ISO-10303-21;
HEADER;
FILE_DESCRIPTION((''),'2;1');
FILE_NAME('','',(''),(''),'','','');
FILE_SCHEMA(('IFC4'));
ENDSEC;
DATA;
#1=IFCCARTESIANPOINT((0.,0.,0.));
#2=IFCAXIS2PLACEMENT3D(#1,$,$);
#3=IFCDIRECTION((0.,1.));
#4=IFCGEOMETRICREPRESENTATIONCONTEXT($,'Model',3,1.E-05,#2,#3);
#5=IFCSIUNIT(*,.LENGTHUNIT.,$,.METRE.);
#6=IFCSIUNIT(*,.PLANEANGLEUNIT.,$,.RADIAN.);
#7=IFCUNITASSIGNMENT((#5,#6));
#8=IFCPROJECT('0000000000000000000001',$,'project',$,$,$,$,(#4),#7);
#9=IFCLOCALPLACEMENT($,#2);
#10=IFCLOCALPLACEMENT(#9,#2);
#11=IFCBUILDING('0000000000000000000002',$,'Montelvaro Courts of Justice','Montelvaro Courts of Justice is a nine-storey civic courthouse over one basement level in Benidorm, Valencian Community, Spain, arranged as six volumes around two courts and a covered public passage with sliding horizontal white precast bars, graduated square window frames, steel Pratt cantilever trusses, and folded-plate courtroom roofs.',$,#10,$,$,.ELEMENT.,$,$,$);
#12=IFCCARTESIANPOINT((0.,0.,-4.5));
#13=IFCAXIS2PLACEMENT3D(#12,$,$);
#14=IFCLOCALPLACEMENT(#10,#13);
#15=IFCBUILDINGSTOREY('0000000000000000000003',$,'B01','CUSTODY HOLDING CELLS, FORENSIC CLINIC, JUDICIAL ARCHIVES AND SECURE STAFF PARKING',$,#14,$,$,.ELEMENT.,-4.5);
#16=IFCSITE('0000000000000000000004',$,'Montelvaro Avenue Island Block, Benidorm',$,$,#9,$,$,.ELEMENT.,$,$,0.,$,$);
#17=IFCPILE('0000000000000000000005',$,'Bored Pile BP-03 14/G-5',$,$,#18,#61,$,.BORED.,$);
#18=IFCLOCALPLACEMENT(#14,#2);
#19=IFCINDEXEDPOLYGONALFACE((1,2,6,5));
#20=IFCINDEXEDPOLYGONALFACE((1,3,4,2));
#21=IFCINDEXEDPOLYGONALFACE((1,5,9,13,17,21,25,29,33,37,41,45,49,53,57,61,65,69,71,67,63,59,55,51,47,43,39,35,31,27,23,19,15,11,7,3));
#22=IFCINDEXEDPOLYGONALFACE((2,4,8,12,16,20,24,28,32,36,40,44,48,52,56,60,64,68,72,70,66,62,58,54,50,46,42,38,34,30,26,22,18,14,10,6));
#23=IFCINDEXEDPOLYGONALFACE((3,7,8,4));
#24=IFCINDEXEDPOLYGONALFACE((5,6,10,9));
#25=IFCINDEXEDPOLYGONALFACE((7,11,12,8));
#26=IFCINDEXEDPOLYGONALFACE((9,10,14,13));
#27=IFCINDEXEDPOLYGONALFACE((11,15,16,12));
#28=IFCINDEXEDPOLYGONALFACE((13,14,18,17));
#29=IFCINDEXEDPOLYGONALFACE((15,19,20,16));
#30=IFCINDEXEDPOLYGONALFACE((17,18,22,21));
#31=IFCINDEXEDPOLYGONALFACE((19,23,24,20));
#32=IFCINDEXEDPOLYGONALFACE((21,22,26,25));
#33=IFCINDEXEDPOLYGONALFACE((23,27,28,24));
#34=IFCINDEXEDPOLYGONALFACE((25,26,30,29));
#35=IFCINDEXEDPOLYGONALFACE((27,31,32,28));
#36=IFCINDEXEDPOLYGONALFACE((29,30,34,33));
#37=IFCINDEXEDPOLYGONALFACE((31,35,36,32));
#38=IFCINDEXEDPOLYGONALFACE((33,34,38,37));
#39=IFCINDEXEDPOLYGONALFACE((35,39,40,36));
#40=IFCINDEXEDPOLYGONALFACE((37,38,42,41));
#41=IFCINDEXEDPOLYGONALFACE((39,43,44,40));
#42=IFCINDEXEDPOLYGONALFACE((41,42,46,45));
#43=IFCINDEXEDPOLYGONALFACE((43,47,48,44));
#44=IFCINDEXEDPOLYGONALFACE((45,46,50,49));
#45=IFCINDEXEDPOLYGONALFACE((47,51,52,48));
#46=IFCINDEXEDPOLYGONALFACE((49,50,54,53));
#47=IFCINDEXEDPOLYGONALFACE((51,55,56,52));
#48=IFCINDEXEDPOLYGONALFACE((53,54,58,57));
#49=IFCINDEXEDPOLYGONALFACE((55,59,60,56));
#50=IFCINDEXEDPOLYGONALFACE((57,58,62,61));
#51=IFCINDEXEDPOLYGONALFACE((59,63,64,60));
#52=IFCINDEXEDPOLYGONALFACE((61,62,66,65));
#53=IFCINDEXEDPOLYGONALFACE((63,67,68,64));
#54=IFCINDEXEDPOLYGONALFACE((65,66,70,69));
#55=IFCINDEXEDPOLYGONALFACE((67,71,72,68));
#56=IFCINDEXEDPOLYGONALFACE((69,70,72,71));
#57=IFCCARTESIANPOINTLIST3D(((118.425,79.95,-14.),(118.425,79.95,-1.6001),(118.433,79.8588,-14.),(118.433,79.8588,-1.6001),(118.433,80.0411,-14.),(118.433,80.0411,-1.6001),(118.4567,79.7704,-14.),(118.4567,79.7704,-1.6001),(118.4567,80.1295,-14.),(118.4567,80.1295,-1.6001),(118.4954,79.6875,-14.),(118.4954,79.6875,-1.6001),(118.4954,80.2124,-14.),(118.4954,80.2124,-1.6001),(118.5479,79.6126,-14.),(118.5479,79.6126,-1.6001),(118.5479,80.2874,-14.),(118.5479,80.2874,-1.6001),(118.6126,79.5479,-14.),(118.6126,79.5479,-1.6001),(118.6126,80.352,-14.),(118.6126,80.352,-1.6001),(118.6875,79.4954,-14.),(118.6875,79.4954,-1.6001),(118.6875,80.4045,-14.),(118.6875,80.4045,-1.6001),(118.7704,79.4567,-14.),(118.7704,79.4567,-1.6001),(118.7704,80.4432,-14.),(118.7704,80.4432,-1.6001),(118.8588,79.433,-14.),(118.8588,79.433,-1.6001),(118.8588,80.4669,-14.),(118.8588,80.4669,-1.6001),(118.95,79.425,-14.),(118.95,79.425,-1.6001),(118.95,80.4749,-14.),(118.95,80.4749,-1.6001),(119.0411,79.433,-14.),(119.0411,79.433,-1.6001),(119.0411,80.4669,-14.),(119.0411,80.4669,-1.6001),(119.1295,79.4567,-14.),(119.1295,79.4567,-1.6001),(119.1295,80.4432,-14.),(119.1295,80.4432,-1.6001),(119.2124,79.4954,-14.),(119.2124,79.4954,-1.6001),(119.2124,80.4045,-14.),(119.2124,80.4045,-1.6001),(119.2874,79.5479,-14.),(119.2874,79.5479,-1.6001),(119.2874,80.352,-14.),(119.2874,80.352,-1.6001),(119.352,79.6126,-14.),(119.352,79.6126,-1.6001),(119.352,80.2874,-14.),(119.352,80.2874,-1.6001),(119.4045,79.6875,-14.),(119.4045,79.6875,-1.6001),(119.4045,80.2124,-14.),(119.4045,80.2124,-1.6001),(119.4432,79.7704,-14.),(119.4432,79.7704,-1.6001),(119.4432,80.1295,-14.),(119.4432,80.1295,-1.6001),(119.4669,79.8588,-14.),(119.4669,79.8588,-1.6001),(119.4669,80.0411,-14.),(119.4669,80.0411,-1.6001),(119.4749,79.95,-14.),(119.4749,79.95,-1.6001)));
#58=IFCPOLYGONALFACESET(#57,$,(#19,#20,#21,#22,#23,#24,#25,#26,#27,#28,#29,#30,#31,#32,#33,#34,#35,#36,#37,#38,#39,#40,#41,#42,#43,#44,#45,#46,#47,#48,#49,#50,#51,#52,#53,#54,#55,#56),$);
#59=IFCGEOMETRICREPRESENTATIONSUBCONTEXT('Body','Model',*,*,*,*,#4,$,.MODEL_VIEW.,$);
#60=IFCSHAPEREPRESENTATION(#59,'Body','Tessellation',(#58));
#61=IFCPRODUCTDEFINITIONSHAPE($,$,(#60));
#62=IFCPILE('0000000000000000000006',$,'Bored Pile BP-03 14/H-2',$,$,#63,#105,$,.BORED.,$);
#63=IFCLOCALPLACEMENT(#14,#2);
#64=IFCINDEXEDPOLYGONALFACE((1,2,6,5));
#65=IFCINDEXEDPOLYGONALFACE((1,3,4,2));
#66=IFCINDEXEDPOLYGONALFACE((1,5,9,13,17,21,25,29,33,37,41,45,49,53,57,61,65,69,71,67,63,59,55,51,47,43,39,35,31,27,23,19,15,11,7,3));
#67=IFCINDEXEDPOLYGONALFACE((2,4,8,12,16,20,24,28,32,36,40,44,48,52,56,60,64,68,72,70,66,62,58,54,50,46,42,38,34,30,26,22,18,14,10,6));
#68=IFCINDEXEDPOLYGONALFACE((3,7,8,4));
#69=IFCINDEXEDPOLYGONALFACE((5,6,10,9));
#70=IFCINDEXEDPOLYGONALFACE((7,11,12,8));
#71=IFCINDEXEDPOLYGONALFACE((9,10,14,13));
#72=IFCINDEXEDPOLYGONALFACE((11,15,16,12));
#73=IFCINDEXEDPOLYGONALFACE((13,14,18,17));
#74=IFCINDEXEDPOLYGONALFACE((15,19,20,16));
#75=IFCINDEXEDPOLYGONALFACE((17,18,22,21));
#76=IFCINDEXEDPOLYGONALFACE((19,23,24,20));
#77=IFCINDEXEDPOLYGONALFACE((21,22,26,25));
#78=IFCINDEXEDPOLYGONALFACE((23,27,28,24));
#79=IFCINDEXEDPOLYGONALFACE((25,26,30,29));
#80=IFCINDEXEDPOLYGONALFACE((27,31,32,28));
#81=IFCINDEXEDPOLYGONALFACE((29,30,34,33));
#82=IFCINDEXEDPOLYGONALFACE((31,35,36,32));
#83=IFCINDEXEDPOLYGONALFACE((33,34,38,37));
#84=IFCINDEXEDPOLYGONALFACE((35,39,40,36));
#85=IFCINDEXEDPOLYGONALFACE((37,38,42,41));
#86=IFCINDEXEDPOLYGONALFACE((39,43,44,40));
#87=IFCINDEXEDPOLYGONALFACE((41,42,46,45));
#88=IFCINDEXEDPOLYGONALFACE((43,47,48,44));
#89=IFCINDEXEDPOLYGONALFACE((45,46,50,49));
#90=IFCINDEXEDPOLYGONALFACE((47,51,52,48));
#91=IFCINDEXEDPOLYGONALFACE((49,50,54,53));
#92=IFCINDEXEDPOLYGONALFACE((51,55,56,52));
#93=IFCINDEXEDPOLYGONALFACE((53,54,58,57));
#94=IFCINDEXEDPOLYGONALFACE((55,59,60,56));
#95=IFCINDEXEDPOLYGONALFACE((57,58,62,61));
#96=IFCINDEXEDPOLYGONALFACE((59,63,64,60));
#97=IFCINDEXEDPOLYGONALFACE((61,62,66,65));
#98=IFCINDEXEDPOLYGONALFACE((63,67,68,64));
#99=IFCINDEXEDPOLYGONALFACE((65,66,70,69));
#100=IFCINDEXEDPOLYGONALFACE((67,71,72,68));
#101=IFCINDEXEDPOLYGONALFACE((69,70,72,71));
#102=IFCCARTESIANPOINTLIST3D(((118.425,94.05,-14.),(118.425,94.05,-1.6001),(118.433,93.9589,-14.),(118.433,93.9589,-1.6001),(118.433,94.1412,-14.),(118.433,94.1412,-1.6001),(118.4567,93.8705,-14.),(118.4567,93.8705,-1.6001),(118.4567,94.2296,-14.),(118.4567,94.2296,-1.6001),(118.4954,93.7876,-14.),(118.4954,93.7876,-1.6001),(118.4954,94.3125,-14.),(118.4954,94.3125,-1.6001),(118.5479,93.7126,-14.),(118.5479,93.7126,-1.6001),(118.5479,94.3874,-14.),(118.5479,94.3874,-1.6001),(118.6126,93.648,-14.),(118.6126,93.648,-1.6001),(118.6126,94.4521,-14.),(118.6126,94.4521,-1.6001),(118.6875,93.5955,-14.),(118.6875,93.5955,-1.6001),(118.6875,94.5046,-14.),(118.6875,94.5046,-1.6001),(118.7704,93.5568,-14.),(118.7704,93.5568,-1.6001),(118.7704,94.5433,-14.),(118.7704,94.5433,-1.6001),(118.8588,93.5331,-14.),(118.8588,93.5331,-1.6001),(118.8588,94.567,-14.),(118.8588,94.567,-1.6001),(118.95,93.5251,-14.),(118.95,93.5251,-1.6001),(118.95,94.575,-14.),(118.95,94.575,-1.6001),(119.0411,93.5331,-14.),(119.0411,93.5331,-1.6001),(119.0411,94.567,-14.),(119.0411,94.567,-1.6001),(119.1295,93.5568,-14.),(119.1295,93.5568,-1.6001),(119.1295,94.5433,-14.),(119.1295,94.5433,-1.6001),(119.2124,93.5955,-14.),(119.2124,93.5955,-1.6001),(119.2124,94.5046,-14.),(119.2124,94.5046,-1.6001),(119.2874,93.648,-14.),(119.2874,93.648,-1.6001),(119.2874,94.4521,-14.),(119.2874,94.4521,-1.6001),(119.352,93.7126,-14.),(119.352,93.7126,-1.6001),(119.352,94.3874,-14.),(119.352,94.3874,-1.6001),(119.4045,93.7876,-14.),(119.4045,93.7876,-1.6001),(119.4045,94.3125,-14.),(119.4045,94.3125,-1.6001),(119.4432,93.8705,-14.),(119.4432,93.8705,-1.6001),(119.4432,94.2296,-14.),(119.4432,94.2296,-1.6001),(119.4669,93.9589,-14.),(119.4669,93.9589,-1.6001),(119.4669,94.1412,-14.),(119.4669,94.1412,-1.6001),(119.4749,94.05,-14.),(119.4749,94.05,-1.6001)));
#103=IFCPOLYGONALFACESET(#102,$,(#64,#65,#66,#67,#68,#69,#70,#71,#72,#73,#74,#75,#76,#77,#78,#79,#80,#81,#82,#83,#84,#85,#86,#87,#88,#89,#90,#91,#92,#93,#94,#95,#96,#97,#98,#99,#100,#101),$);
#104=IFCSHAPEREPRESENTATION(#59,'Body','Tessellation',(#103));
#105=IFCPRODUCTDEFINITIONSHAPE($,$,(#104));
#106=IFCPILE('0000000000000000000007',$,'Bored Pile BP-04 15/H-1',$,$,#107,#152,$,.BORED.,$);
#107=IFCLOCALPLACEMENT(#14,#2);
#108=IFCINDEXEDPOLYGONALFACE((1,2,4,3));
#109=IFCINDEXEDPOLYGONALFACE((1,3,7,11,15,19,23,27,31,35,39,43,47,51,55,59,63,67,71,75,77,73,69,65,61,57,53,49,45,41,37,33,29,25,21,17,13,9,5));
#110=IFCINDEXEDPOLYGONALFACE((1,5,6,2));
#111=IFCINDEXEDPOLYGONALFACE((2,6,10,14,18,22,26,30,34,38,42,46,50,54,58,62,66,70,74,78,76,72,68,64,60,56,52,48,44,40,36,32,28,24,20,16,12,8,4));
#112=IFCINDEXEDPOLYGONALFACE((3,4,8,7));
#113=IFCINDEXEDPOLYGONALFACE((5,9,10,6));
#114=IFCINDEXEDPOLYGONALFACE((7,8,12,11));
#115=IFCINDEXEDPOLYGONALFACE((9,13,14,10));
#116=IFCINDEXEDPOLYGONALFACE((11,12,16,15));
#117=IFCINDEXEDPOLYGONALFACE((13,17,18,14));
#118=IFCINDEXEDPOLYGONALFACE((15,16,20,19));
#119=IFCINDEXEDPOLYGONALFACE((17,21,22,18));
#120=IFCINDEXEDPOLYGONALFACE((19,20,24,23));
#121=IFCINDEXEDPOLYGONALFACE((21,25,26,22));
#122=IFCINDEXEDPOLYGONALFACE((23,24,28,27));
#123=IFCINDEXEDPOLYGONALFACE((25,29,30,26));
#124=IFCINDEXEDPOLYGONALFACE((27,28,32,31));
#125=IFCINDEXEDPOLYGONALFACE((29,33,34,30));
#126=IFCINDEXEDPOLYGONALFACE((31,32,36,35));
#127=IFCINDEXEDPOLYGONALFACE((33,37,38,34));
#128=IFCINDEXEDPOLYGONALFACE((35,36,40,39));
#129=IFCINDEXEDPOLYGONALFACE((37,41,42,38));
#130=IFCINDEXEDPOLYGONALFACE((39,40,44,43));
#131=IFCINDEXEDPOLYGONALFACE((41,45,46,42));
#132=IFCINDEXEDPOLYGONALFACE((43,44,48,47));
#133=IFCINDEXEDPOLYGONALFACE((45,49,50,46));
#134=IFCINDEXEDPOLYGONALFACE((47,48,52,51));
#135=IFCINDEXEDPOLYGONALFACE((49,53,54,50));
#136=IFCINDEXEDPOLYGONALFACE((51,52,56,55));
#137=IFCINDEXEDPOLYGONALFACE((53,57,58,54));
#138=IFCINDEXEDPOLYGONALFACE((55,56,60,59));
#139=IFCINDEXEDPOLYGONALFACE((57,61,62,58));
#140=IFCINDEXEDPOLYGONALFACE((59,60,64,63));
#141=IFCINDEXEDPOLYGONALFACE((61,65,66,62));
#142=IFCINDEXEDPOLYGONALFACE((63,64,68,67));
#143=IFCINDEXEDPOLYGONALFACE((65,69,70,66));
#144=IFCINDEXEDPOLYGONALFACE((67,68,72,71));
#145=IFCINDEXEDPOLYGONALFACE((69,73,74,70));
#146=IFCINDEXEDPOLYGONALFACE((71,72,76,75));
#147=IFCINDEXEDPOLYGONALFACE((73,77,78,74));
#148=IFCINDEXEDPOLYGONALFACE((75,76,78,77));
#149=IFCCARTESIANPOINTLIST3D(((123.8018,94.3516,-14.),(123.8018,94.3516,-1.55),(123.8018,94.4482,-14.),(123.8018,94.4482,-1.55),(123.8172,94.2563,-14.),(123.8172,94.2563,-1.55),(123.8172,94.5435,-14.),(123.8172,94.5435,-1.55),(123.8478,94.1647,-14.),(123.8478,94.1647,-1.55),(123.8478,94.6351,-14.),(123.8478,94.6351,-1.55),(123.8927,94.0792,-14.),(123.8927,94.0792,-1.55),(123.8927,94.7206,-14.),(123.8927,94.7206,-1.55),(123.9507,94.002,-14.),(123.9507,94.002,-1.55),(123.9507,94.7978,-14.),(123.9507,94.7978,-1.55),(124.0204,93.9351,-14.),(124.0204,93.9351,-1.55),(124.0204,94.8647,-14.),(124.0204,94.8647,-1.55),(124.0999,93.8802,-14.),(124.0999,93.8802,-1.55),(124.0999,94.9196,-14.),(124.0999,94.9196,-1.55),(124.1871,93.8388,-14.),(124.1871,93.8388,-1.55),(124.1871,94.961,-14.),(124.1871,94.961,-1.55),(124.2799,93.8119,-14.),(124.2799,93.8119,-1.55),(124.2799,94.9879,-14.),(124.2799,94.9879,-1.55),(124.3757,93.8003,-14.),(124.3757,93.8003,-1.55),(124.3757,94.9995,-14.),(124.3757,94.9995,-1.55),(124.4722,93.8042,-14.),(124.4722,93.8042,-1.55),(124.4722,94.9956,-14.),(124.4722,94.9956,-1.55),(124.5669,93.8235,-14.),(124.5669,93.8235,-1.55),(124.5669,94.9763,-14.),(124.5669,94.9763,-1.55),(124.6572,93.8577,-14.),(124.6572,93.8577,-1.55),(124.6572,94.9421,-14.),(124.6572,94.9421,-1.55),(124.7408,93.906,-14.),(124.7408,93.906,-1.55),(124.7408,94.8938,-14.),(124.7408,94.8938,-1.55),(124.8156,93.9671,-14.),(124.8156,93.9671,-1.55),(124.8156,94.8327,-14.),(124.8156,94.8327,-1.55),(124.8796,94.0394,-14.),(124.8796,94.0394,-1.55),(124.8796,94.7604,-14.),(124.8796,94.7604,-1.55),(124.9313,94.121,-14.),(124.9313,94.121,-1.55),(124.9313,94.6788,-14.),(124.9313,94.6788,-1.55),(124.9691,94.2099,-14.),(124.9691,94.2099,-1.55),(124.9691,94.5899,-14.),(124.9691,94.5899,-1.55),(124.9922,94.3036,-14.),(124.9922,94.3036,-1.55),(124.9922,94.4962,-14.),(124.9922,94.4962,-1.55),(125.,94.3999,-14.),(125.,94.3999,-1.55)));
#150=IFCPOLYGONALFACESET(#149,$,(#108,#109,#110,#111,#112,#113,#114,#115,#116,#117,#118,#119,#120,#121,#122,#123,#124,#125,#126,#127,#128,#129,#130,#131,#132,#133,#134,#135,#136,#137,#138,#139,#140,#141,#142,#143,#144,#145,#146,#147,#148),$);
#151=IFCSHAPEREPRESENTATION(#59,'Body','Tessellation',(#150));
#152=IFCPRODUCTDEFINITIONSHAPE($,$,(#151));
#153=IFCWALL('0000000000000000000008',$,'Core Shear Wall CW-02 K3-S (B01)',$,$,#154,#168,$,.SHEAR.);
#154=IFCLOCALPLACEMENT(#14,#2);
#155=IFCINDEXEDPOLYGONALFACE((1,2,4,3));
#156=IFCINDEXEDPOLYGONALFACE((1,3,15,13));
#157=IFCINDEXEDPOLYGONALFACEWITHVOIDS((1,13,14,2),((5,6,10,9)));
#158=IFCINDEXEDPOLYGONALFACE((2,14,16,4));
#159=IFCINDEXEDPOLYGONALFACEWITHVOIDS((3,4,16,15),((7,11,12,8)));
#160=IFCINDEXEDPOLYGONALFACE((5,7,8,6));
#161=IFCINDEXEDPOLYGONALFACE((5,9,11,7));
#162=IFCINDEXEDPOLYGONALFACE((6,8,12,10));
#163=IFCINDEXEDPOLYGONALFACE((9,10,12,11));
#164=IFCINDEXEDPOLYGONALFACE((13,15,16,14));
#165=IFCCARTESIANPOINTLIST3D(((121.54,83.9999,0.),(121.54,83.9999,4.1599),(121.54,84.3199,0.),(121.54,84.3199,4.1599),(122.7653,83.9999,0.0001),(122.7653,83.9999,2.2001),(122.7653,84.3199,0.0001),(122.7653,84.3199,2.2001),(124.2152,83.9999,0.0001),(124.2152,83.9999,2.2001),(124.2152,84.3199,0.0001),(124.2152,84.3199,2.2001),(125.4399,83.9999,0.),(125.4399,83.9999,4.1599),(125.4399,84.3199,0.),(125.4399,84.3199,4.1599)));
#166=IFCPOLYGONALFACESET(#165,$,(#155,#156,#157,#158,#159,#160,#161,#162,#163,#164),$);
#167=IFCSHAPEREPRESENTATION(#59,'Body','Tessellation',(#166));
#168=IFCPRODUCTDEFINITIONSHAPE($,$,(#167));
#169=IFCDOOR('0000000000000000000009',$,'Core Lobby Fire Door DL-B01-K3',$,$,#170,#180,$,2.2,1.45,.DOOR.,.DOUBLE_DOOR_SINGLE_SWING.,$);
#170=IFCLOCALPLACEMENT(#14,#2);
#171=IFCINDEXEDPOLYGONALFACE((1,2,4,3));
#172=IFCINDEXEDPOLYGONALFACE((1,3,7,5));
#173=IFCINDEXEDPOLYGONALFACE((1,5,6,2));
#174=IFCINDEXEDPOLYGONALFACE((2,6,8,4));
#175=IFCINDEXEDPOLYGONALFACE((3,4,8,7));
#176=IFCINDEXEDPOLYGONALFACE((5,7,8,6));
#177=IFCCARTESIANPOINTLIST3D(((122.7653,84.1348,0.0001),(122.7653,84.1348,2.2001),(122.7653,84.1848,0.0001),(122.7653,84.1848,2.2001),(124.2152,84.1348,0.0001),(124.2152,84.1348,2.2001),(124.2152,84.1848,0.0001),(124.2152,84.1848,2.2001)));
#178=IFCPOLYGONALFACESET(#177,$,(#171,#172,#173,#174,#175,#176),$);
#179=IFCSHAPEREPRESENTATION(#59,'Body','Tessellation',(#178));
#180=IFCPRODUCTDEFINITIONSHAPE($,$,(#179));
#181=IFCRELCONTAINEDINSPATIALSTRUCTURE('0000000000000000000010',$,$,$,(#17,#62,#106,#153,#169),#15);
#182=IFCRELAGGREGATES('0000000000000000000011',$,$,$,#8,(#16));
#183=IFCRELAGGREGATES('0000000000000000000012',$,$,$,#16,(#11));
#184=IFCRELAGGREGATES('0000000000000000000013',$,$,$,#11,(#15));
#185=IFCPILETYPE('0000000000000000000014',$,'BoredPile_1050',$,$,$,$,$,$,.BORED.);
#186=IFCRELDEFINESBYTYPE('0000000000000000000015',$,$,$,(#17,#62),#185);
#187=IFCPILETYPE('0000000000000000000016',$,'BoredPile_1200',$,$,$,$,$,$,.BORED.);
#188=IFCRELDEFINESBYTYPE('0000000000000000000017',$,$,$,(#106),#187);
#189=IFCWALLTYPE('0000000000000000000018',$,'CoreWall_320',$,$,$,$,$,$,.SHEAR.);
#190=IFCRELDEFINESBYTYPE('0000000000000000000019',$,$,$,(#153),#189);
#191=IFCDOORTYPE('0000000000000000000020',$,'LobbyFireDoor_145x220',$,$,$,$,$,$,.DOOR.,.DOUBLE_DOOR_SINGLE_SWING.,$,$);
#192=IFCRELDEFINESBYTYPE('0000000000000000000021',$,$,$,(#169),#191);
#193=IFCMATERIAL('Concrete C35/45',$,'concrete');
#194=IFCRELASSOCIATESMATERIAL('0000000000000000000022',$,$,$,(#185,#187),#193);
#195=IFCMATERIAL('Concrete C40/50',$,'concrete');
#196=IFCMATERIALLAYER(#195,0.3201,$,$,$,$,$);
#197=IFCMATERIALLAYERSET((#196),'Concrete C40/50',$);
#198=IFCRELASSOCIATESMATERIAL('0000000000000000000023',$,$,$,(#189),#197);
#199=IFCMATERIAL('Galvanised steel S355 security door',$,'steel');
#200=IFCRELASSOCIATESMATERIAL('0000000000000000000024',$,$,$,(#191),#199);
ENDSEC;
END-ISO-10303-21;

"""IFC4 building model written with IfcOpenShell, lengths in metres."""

from ifc_helpers import new_model, si_unit, direction, frame, frame_2d, origin, origin_2d, place, context, subcontext, project, spatial, rectangle, circle, extrude, material, layer, layer_set, material_profile, profile_set, type_object, element, fill, save


model = new_model("IFC4")

# Units and contexts
model_context = context("Model", 3, precision=1e-05, world=origin(), true_north=direction((0.0, 1.0)))
body_context = subcontext(model_context, "Body", "Model", "MODEL_VIEW")
ifc_project = project(units=[si_unit("LENGTHUNIT", "METRE"), si_unit("PLANEANGLEUNIT", "RADIAN")], contexts=[model_context])

# Site, building, storey
site_placement = place(None, origin())
site = spatial("IfcSite", under=ifc_project, at=site_placement, Name="Montelvaro Avenue Island Block, Benidorm", CompositionType="ELEMENT", RefElevation=0.0)
building_placement = place(site_placement, origin())
building = spatial("IfcBuilding", under=site, at=building_placement, Name="Montelvaro Courts of Justice", Description="Montelvaro Courts of Justice is a nine-storey civic courthouse over one basement level in Benidorm, Valencian Community, Spain, arranged as six volumes around two courts and a covered public passage with sliding horizontal white precast bars, graduated square window frames, steel Pratt cantilever trusses, and folded-plate courtroom roofs.", CompositionType="ELEMENT")
storey_placement = place(building_placement, frame((0.0, 0.0, -4.5)))
storey = spatial("IfcBuildingStorey", under=building, at=storey_placement, Name="B01", Description="CUSTODY HOLDING CELLS, FORENSIC CLINIC, JUDICIAL ARCHIVES AND SECURE STAFF PARKING", CompositionType="ELEMENT", Elevation=-4.5)

# Piles
ifc_material_1 = material(Name="Concrete C35/45", Category="concrete")
ifc_material_profile_1 = material_profile(ifc_material_1, circle(Radius=0.5249, at=origin_2d()), Name="BORED PILE D1050")
ifc_profile_set_1 = profile_set([ifc_material_profile_1], Name="Concrete C35/45")
pile_type_1 = type_object("IfcPileType", Name="BoredPile_1050", PredefinedType="BORED", material=ifc_profile_set_1)
for number, where, z_axis, x_axis, name in (
    (1, (118.95, 79.95, -1.6001), (0.0, 0.0, -1.0), (1.0, 0.0, 0.0), "Bored Pile BP-03 14/G-5"),
    (2, (118.95, 94.05, -1.6001), (0.0, 0.0, -1.0), (1.0, 0.0, 0.0), "Bored Pile BP-03 14/H-2"),
):
    element("IfcPile", number, at=place(storey_placement, frame(where, z_axis=z_axis, x_axis=x_axis)), inside=storey, type_object=pile_type_1, Name=name, PredefinedType="BORED", context=body_context, shape_type="SweptSolid", body=[
        extrude(circle(Radius=0.5249, at=origin_2d()), origin(), (0.0, 0.0, 1.0), 12.3999),
    ])
ifc_material_profile_2 = material_profile(ifc_material_1, circle(Radius=0.6001, at=origin_2d()), Name="BORED PILE D1200")
ifc_profile_set_2 = profile_set([ifc_material_profile_2], Name="Concrete C35/45")
pile_type_2 = type_object("IfcPileType", Name="BoredPile_1200", PredefinedType="BORED", material=ifc_profile_set_2)
pile_placement = place(storey_placement, frame((124.3999, 94.3999, -1.55), z_axis=(0.0, 0.0, -1.0), x_axis=(1.0, 0.0, 0.0)))
element("IfcPile", 3, at=pile_placement, inside=storey, type_object=pile_type_2, Name="Bored Pile BP-04 15/H-1", PredefinedType="BORED", context=body_context, shape_type="SweptSolid", body=[
    extrude(circle(Radius=0.6001, at=origin_2d()), origin(), (0.0, 0.0, 1.0), 12.45),
])

# Wall, opening, door
ifc_material_2 = material(Name="Concrete C40/50", Category="concrete")
ifc_layer_1 = layer(ifc_material_2, 0.3201)
ifc_layer_set_1 = layer_set([ifc_layer_1], Name="Concrete C40/50")
wall_type_1 = type_object("IfcWallType", Name="CoreWall_320", PredefinedType="SHEAR", material=ifc_layer_set_1)
wall_1_placement = place(storey_placement, frame((121.54, 84.1599, 0.0), z_axis=(0.0, 0.0, 1.0), x_axis=(1.0, 0.0, 0.0)))
wall_1 = element("IfcWall", 4, at=wall_1_placement, inside=storey, type_object=wall_type_1, Name="Core Shear Wall CW-02 K3-S (B01)", PredefinedType="SHEAR", context=body_context, shape_type="SweptSolid", body=[
    extrude(rectangle(XDim=3.8999, YDim=0.3201, at=frame_2d((1.95, 0.0))), origin(), (0.0, 0.0, 1.0), 4.1599),
])
opening_1_placement = place(wall_1_placement, frame((1.2251, 0.0, 0.0)))
opening_1 = element("IfcOpeningElement", 5, at=opening_1_placement, cuts=wall_1, PredefinedType="OPENING", context=body_context, shape_type="SweptSolid", body=[
    extrude(rectangle(XDim=1.45, YDim=2.2, at=frame_2d((0.7251, 1.1001))), frame((0.0, 0.1748, 0.0), z_axis=(0.0, -1.0, 0.0), x_axis=(1.0, 0.0, 0.0)), (0.0, 0.0, 1.0), 0.3499),
])
ifc_material_3 = material(Name="Galvanised steel S355 security door", Category="steel")
door_type_1 = type_object("IfcDoorType", Name="LobbyFireDoor_145x220", OperationType="DOUBLE_DOOR_SINGLE_SWING", PredefinedType="DOOR", material=ifc_material_3)
door_1_placement = place(opening_1_placement, origin())
door_1 = element("IfcDoor", 6, at=door_1_placement, inside=storey, type_object=door_type_1, Name="Core Lobby Fire Door DL-B01-K3", OperationType="DOUBLE_DOOR_SINGLE_SWING", OverallHeight=2.2, OverallWidth=1.45, PredefinedType="DOOR", context=body_context, shape_type="SweptSolid", body=[
    extrude(rectangle(XDim=1.45, YDim=2.2, at=frame_2d((0.7251, 1.1001))), frame((0.0, 0.0249, 0.0), z_axis=(0.0, -1.0, 0.0), x_axis=(1.0, 0.0, 0.0)), (0.0, 0.0, 1.0), 0.05),
])
fill(opening_1, door_1)

save(model, "model.ifc")
